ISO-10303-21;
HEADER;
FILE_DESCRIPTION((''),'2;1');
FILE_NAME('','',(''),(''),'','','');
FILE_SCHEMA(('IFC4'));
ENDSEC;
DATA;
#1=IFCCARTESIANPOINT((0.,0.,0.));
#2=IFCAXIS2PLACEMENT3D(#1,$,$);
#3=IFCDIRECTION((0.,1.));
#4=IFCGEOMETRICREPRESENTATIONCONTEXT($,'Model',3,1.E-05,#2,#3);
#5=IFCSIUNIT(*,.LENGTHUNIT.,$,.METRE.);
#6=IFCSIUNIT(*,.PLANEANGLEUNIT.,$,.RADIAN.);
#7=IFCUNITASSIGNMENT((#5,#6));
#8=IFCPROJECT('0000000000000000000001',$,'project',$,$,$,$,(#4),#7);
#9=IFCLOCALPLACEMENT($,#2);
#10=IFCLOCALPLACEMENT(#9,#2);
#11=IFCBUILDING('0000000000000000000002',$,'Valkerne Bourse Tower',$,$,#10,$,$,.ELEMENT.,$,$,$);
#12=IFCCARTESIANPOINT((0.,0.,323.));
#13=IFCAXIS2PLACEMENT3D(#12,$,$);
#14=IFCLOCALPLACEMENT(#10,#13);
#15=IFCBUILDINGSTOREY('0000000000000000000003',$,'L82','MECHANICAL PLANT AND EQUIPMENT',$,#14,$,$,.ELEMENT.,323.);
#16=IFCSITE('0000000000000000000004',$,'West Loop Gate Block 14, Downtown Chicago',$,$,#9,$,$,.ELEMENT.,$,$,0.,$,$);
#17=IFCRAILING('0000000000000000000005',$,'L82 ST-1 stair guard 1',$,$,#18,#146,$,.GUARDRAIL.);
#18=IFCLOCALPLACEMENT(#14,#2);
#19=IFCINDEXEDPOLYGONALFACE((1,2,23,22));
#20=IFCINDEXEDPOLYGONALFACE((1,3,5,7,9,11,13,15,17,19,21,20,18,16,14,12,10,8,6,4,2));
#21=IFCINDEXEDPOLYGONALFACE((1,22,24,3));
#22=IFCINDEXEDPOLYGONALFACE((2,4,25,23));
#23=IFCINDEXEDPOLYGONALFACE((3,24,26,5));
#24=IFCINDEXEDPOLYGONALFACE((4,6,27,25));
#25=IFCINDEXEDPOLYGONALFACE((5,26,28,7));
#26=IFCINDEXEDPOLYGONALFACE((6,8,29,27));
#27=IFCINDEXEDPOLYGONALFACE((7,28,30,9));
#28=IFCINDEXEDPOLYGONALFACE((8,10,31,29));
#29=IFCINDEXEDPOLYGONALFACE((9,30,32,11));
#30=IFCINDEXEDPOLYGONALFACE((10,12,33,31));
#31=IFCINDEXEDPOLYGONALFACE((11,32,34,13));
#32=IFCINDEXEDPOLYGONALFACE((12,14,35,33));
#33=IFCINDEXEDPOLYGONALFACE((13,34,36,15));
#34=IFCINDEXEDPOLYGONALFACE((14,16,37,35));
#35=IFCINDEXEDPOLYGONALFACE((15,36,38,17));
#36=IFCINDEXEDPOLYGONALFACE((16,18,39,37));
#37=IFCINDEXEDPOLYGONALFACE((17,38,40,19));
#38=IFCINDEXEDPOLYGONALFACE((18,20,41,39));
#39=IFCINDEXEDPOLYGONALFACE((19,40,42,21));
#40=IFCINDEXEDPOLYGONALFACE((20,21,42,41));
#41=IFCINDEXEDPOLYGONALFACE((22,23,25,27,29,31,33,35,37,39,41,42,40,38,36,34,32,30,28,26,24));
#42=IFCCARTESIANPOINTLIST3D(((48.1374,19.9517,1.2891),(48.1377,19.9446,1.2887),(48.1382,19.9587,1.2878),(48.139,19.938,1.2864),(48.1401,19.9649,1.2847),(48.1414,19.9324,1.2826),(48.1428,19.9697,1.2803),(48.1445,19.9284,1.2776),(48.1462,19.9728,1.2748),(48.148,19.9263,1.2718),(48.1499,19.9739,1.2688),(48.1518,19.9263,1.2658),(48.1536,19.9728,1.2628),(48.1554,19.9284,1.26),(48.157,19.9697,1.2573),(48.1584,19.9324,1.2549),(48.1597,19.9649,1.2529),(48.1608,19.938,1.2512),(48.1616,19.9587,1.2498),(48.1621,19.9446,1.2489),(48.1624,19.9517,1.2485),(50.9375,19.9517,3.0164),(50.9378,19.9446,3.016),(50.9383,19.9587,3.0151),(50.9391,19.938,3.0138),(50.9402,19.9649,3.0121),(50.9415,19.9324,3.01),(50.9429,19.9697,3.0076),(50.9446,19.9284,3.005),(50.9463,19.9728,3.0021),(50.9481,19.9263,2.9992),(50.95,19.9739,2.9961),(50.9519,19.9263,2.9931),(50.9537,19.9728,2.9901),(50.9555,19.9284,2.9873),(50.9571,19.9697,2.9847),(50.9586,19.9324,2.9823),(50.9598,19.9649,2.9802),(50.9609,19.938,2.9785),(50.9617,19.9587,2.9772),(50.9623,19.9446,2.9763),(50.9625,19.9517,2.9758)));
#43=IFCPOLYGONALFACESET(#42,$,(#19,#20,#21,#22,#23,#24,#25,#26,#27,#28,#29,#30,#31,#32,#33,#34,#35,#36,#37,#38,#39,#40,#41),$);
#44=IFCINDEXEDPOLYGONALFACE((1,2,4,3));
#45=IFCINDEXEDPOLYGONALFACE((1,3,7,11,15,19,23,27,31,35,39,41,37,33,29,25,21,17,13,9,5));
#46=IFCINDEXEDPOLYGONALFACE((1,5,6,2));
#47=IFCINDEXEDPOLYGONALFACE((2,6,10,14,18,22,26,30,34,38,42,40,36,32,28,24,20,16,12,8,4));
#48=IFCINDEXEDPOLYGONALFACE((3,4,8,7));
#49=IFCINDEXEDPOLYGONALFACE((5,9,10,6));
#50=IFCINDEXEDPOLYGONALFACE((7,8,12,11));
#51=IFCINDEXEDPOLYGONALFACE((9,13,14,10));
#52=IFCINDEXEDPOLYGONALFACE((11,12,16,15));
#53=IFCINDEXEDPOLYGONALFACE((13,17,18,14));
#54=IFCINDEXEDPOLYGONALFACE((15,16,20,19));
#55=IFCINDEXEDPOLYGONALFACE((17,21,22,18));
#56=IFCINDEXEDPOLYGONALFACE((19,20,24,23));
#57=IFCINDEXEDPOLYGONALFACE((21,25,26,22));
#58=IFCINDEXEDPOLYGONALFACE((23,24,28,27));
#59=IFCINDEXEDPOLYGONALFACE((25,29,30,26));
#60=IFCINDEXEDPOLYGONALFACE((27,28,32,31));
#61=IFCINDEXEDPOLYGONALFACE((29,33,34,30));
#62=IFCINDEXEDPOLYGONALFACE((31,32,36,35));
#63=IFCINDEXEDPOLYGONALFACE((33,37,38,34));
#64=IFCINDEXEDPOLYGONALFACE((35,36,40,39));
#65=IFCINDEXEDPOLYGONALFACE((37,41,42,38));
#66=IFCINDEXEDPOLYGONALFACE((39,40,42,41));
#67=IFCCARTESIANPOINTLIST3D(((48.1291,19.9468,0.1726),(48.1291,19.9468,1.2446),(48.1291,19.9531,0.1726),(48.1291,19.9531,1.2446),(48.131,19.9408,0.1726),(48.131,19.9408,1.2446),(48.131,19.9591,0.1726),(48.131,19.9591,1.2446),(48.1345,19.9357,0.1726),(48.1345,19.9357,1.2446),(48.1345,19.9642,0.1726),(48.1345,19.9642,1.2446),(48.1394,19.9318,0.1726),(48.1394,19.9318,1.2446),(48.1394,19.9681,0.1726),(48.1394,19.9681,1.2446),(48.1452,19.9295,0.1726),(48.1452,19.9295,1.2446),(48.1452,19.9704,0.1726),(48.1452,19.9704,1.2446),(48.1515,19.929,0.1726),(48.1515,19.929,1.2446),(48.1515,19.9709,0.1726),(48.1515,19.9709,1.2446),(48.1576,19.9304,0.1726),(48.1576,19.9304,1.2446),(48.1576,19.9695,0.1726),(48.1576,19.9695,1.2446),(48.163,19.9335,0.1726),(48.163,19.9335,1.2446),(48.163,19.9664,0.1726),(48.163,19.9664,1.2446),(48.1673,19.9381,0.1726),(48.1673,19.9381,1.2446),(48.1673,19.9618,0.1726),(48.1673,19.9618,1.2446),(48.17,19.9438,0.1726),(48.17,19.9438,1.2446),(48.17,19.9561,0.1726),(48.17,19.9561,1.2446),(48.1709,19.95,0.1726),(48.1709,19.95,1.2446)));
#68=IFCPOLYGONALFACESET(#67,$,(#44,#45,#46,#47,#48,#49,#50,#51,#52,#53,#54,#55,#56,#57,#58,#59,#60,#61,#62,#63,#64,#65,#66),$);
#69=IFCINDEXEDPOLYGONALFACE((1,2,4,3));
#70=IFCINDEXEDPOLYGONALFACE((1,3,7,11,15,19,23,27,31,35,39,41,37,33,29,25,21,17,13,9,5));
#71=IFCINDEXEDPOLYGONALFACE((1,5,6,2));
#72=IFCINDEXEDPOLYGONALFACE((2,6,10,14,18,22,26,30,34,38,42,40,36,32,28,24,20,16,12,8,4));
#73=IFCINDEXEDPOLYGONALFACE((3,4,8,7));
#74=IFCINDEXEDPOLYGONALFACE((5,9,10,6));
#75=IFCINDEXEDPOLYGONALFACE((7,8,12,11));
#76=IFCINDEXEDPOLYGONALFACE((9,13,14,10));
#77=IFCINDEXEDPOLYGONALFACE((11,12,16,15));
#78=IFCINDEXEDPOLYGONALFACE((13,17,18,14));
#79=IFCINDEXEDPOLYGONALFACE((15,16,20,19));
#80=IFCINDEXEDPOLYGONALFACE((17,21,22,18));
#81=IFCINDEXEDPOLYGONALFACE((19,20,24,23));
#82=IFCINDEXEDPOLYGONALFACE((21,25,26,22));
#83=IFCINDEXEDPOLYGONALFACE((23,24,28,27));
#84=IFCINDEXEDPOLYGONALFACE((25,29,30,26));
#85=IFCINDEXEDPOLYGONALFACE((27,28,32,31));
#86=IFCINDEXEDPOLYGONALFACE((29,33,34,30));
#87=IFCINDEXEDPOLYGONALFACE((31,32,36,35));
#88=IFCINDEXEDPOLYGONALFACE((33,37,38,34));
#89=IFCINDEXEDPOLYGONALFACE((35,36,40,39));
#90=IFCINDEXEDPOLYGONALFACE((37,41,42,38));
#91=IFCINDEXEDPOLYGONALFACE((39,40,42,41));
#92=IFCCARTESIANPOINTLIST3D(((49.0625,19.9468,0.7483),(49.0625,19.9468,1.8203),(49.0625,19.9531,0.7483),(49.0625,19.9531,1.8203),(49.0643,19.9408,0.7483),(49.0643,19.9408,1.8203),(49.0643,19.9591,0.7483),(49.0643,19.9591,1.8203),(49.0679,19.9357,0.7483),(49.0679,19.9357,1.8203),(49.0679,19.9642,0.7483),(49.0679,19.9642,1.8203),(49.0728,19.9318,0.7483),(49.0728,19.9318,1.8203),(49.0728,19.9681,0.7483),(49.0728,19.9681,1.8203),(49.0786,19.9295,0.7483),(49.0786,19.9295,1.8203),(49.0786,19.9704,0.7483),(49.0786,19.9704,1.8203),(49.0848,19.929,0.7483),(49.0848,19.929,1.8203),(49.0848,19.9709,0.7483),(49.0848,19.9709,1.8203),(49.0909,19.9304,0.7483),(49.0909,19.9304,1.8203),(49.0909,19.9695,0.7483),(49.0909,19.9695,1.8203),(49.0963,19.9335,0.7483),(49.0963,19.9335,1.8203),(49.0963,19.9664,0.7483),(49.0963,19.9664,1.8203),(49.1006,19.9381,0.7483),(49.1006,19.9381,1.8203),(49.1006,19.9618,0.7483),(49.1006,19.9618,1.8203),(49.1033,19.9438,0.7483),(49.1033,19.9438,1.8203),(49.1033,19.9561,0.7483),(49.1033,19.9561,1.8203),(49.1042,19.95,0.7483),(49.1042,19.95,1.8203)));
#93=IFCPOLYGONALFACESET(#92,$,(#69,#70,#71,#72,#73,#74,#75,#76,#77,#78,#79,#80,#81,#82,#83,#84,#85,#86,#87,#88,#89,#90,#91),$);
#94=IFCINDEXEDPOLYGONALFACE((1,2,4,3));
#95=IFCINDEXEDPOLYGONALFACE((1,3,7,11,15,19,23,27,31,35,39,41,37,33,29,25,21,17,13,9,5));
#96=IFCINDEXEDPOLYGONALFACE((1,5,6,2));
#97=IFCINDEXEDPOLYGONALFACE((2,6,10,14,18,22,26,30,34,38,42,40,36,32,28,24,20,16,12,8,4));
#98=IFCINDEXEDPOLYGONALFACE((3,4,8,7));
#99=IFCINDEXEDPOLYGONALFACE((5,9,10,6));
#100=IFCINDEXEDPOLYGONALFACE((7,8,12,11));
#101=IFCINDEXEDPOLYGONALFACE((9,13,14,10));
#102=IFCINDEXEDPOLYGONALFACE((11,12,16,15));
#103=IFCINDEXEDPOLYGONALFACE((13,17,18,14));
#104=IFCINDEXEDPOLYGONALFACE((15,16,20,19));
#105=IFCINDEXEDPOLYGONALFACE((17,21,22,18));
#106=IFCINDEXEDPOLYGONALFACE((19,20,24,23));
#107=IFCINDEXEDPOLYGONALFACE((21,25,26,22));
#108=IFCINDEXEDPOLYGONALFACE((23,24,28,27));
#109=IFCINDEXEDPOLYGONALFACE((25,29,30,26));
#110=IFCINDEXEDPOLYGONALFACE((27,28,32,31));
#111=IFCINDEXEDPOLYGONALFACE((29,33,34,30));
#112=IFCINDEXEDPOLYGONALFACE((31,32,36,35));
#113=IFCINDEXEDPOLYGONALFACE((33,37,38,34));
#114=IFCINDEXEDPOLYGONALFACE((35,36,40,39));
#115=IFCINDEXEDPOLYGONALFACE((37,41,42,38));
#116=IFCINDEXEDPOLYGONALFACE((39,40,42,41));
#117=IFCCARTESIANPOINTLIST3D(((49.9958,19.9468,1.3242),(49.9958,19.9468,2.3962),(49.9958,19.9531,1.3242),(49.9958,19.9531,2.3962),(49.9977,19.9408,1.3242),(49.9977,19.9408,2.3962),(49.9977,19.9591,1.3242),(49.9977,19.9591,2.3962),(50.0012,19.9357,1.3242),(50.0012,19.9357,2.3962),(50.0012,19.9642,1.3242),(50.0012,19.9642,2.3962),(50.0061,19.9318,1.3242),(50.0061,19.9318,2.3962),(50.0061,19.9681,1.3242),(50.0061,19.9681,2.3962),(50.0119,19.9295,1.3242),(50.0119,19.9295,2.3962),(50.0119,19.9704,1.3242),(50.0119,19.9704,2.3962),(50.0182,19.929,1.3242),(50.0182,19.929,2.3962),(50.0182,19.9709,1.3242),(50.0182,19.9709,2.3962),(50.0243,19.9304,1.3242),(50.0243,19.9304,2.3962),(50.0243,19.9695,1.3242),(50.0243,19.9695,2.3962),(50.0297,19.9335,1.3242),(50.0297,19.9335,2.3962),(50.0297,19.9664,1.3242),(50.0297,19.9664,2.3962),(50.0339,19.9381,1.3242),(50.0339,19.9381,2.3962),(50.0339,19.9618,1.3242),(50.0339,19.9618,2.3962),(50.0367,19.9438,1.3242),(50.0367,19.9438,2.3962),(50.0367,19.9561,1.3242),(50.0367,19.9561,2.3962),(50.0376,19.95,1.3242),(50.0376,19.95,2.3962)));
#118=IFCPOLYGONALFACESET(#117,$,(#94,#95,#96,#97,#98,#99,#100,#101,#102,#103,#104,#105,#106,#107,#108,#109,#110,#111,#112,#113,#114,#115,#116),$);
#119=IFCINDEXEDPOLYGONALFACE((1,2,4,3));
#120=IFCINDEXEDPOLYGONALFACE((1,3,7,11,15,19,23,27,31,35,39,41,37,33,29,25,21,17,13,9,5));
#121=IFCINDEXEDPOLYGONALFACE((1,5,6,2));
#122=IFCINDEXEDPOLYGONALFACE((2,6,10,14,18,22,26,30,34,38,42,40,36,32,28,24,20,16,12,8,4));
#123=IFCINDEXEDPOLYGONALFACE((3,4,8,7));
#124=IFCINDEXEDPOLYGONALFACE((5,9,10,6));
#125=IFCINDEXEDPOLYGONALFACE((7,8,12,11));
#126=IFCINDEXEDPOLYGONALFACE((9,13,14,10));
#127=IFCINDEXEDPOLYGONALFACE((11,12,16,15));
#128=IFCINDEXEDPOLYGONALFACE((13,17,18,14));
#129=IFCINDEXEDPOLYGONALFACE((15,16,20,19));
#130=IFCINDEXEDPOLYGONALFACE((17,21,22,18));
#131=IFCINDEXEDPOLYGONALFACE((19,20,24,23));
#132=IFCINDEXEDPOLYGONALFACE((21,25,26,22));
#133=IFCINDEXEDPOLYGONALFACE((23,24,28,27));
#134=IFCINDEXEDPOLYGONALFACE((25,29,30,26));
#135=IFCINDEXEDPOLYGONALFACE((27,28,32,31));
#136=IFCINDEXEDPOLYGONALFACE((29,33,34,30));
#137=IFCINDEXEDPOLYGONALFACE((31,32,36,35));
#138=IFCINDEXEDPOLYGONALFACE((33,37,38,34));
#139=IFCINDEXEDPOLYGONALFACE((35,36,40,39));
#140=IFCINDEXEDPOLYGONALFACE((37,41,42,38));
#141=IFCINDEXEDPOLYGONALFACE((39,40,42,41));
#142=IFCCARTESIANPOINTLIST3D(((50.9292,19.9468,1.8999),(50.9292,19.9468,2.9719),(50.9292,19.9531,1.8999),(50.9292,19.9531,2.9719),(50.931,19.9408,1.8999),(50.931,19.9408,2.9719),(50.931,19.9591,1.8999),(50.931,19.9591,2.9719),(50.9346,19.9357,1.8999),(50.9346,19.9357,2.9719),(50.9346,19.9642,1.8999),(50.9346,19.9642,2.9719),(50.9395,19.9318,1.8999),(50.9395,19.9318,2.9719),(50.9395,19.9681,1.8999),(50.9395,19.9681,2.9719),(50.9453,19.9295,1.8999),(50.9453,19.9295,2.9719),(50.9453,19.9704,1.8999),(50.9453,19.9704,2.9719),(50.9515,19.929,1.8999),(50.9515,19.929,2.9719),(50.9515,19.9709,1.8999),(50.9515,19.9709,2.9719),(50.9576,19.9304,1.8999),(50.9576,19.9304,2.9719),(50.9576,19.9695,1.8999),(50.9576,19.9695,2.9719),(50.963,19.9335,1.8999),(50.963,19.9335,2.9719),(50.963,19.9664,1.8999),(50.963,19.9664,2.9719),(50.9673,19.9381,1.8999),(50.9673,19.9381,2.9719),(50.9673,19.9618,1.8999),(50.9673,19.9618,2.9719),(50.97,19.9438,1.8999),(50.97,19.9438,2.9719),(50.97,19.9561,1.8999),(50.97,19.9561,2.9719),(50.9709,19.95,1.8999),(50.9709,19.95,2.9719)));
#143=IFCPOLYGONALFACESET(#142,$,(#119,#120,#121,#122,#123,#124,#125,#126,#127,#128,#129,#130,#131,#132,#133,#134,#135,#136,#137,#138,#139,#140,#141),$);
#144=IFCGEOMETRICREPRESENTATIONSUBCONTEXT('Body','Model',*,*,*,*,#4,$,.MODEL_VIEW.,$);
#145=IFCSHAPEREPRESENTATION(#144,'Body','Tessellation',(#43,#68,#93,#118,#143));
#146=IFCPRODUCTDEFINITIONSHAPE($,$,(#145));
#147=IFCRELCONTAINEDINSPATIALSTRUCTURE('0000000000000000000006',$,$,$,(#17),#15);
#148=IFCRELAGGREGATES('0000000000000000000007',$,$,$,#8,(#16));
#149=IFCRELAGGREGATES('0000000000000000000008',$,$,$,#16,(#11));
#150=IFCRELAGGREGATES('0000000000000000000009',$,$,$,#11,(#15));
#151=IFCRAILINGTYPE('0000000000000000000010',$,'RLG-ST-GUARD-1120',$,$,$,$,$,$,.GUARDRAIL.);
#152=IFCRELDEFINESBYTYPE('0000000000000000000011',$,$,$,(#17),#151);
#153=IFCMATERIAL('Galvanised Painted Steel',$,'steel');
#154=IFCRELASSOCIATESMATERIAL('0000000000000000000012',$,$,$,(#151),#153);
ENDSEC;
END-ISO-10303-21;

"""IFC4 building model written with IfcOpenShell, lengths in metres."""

from ifc_helpers import new_model, si_unit, direction, frame, origin, origin_2d, place, context, subcontext, project, spatial, circle, extrude, material, type_object, element, save


model = new_model("IFC4")

# Units and contexts
model_context = context("Model", 3, precision=1e-05, world=origin(), true_north=direction((0.0, 1.0)))
body_context = subcontext(model_context, "Body", "Model", "MODEL_VIEW")
ifc_project = project(units=[si_unit("LENGTHUNIT", "METRE"), si_unit("PLANEANGLEUNIT", "RADIAN")], contexts=[model_context])

# Site, building, storey
site_placement = place(None, origin())
site = spatial("IfcSite", under=ifc_project, at=site_placement, Name="West Loop Gate Block 14, Downtown Chicago", CompositionType="ELEMENT", RefElevation=0.0)
building_placement = place(site_placement, origin())
building = spatial("IfcBuilding", under=site, at=building_placement, Name="Valkerne Bourse Tower", CompositionType="ELEMENT")
storey_placement = place(building_placement, frame((0.0, 0.0, 323.0)))
storey = spatial("IfcBuildingStorey", under=building, at=storey_placement, Name="L82", Description="MECHANICAL PLANT AND EQUIPMENT", CompositionType="ELEMENT", Elevation=323.0)

# Railing
ifc_material_1 = material(Name="Galvanised Painted Steel", Category="steel")
railing_type_1 = type_object("IfcRailingType", Name="RLG-ST-GUARD-1120", PredefinedType="GUARDRAIL", material=ifc_material_1)
railing_1_placement = place(storey_placement, frame((48.1499, 19.95, 0.1726)))
element("IfcRailing", 1, at=railing_1_placement, inside=storey, type_object=railing_type_1, Name="L82 ST-1 stair guard 1", PredefinedType="GUARDRAIL", context=body_context, shape_type="SweptSolid", body=[
    extrude(circle(Radius=0.0239, at=origin_2d()), frame((0.0, 0.0, 1.0962), z_axis=(0.85109, 0.0, 0.52502), x_axis=(0.0, 1.0, 0.0)), (0.0, 0.0, 1.0), 3.29),
    extrude(circle(Radius=0.021, at=origin_2d()), origin(), (0.0, 0.0, 1.0), 1.072),
    extrude(circle(Radius=0.021, at=origin_2d()), frame((0.9333, 0.0, 0.5757)), (0.0, 0.0, 1.0), 1.072),
    extrude(circle(Radius=0.021, at=origin_2d()), frame((1.8667, 0.0, 1.1516)), (0.0, 0.0, 1.0), 1.072),
    extrude(circle(Radius=0.021, at=origin_2d()), frame((2.8, 0.0, 1.7273)), (0.0, 0.0, 1.0), 1.072),
])

save(model, "model.ifc")
